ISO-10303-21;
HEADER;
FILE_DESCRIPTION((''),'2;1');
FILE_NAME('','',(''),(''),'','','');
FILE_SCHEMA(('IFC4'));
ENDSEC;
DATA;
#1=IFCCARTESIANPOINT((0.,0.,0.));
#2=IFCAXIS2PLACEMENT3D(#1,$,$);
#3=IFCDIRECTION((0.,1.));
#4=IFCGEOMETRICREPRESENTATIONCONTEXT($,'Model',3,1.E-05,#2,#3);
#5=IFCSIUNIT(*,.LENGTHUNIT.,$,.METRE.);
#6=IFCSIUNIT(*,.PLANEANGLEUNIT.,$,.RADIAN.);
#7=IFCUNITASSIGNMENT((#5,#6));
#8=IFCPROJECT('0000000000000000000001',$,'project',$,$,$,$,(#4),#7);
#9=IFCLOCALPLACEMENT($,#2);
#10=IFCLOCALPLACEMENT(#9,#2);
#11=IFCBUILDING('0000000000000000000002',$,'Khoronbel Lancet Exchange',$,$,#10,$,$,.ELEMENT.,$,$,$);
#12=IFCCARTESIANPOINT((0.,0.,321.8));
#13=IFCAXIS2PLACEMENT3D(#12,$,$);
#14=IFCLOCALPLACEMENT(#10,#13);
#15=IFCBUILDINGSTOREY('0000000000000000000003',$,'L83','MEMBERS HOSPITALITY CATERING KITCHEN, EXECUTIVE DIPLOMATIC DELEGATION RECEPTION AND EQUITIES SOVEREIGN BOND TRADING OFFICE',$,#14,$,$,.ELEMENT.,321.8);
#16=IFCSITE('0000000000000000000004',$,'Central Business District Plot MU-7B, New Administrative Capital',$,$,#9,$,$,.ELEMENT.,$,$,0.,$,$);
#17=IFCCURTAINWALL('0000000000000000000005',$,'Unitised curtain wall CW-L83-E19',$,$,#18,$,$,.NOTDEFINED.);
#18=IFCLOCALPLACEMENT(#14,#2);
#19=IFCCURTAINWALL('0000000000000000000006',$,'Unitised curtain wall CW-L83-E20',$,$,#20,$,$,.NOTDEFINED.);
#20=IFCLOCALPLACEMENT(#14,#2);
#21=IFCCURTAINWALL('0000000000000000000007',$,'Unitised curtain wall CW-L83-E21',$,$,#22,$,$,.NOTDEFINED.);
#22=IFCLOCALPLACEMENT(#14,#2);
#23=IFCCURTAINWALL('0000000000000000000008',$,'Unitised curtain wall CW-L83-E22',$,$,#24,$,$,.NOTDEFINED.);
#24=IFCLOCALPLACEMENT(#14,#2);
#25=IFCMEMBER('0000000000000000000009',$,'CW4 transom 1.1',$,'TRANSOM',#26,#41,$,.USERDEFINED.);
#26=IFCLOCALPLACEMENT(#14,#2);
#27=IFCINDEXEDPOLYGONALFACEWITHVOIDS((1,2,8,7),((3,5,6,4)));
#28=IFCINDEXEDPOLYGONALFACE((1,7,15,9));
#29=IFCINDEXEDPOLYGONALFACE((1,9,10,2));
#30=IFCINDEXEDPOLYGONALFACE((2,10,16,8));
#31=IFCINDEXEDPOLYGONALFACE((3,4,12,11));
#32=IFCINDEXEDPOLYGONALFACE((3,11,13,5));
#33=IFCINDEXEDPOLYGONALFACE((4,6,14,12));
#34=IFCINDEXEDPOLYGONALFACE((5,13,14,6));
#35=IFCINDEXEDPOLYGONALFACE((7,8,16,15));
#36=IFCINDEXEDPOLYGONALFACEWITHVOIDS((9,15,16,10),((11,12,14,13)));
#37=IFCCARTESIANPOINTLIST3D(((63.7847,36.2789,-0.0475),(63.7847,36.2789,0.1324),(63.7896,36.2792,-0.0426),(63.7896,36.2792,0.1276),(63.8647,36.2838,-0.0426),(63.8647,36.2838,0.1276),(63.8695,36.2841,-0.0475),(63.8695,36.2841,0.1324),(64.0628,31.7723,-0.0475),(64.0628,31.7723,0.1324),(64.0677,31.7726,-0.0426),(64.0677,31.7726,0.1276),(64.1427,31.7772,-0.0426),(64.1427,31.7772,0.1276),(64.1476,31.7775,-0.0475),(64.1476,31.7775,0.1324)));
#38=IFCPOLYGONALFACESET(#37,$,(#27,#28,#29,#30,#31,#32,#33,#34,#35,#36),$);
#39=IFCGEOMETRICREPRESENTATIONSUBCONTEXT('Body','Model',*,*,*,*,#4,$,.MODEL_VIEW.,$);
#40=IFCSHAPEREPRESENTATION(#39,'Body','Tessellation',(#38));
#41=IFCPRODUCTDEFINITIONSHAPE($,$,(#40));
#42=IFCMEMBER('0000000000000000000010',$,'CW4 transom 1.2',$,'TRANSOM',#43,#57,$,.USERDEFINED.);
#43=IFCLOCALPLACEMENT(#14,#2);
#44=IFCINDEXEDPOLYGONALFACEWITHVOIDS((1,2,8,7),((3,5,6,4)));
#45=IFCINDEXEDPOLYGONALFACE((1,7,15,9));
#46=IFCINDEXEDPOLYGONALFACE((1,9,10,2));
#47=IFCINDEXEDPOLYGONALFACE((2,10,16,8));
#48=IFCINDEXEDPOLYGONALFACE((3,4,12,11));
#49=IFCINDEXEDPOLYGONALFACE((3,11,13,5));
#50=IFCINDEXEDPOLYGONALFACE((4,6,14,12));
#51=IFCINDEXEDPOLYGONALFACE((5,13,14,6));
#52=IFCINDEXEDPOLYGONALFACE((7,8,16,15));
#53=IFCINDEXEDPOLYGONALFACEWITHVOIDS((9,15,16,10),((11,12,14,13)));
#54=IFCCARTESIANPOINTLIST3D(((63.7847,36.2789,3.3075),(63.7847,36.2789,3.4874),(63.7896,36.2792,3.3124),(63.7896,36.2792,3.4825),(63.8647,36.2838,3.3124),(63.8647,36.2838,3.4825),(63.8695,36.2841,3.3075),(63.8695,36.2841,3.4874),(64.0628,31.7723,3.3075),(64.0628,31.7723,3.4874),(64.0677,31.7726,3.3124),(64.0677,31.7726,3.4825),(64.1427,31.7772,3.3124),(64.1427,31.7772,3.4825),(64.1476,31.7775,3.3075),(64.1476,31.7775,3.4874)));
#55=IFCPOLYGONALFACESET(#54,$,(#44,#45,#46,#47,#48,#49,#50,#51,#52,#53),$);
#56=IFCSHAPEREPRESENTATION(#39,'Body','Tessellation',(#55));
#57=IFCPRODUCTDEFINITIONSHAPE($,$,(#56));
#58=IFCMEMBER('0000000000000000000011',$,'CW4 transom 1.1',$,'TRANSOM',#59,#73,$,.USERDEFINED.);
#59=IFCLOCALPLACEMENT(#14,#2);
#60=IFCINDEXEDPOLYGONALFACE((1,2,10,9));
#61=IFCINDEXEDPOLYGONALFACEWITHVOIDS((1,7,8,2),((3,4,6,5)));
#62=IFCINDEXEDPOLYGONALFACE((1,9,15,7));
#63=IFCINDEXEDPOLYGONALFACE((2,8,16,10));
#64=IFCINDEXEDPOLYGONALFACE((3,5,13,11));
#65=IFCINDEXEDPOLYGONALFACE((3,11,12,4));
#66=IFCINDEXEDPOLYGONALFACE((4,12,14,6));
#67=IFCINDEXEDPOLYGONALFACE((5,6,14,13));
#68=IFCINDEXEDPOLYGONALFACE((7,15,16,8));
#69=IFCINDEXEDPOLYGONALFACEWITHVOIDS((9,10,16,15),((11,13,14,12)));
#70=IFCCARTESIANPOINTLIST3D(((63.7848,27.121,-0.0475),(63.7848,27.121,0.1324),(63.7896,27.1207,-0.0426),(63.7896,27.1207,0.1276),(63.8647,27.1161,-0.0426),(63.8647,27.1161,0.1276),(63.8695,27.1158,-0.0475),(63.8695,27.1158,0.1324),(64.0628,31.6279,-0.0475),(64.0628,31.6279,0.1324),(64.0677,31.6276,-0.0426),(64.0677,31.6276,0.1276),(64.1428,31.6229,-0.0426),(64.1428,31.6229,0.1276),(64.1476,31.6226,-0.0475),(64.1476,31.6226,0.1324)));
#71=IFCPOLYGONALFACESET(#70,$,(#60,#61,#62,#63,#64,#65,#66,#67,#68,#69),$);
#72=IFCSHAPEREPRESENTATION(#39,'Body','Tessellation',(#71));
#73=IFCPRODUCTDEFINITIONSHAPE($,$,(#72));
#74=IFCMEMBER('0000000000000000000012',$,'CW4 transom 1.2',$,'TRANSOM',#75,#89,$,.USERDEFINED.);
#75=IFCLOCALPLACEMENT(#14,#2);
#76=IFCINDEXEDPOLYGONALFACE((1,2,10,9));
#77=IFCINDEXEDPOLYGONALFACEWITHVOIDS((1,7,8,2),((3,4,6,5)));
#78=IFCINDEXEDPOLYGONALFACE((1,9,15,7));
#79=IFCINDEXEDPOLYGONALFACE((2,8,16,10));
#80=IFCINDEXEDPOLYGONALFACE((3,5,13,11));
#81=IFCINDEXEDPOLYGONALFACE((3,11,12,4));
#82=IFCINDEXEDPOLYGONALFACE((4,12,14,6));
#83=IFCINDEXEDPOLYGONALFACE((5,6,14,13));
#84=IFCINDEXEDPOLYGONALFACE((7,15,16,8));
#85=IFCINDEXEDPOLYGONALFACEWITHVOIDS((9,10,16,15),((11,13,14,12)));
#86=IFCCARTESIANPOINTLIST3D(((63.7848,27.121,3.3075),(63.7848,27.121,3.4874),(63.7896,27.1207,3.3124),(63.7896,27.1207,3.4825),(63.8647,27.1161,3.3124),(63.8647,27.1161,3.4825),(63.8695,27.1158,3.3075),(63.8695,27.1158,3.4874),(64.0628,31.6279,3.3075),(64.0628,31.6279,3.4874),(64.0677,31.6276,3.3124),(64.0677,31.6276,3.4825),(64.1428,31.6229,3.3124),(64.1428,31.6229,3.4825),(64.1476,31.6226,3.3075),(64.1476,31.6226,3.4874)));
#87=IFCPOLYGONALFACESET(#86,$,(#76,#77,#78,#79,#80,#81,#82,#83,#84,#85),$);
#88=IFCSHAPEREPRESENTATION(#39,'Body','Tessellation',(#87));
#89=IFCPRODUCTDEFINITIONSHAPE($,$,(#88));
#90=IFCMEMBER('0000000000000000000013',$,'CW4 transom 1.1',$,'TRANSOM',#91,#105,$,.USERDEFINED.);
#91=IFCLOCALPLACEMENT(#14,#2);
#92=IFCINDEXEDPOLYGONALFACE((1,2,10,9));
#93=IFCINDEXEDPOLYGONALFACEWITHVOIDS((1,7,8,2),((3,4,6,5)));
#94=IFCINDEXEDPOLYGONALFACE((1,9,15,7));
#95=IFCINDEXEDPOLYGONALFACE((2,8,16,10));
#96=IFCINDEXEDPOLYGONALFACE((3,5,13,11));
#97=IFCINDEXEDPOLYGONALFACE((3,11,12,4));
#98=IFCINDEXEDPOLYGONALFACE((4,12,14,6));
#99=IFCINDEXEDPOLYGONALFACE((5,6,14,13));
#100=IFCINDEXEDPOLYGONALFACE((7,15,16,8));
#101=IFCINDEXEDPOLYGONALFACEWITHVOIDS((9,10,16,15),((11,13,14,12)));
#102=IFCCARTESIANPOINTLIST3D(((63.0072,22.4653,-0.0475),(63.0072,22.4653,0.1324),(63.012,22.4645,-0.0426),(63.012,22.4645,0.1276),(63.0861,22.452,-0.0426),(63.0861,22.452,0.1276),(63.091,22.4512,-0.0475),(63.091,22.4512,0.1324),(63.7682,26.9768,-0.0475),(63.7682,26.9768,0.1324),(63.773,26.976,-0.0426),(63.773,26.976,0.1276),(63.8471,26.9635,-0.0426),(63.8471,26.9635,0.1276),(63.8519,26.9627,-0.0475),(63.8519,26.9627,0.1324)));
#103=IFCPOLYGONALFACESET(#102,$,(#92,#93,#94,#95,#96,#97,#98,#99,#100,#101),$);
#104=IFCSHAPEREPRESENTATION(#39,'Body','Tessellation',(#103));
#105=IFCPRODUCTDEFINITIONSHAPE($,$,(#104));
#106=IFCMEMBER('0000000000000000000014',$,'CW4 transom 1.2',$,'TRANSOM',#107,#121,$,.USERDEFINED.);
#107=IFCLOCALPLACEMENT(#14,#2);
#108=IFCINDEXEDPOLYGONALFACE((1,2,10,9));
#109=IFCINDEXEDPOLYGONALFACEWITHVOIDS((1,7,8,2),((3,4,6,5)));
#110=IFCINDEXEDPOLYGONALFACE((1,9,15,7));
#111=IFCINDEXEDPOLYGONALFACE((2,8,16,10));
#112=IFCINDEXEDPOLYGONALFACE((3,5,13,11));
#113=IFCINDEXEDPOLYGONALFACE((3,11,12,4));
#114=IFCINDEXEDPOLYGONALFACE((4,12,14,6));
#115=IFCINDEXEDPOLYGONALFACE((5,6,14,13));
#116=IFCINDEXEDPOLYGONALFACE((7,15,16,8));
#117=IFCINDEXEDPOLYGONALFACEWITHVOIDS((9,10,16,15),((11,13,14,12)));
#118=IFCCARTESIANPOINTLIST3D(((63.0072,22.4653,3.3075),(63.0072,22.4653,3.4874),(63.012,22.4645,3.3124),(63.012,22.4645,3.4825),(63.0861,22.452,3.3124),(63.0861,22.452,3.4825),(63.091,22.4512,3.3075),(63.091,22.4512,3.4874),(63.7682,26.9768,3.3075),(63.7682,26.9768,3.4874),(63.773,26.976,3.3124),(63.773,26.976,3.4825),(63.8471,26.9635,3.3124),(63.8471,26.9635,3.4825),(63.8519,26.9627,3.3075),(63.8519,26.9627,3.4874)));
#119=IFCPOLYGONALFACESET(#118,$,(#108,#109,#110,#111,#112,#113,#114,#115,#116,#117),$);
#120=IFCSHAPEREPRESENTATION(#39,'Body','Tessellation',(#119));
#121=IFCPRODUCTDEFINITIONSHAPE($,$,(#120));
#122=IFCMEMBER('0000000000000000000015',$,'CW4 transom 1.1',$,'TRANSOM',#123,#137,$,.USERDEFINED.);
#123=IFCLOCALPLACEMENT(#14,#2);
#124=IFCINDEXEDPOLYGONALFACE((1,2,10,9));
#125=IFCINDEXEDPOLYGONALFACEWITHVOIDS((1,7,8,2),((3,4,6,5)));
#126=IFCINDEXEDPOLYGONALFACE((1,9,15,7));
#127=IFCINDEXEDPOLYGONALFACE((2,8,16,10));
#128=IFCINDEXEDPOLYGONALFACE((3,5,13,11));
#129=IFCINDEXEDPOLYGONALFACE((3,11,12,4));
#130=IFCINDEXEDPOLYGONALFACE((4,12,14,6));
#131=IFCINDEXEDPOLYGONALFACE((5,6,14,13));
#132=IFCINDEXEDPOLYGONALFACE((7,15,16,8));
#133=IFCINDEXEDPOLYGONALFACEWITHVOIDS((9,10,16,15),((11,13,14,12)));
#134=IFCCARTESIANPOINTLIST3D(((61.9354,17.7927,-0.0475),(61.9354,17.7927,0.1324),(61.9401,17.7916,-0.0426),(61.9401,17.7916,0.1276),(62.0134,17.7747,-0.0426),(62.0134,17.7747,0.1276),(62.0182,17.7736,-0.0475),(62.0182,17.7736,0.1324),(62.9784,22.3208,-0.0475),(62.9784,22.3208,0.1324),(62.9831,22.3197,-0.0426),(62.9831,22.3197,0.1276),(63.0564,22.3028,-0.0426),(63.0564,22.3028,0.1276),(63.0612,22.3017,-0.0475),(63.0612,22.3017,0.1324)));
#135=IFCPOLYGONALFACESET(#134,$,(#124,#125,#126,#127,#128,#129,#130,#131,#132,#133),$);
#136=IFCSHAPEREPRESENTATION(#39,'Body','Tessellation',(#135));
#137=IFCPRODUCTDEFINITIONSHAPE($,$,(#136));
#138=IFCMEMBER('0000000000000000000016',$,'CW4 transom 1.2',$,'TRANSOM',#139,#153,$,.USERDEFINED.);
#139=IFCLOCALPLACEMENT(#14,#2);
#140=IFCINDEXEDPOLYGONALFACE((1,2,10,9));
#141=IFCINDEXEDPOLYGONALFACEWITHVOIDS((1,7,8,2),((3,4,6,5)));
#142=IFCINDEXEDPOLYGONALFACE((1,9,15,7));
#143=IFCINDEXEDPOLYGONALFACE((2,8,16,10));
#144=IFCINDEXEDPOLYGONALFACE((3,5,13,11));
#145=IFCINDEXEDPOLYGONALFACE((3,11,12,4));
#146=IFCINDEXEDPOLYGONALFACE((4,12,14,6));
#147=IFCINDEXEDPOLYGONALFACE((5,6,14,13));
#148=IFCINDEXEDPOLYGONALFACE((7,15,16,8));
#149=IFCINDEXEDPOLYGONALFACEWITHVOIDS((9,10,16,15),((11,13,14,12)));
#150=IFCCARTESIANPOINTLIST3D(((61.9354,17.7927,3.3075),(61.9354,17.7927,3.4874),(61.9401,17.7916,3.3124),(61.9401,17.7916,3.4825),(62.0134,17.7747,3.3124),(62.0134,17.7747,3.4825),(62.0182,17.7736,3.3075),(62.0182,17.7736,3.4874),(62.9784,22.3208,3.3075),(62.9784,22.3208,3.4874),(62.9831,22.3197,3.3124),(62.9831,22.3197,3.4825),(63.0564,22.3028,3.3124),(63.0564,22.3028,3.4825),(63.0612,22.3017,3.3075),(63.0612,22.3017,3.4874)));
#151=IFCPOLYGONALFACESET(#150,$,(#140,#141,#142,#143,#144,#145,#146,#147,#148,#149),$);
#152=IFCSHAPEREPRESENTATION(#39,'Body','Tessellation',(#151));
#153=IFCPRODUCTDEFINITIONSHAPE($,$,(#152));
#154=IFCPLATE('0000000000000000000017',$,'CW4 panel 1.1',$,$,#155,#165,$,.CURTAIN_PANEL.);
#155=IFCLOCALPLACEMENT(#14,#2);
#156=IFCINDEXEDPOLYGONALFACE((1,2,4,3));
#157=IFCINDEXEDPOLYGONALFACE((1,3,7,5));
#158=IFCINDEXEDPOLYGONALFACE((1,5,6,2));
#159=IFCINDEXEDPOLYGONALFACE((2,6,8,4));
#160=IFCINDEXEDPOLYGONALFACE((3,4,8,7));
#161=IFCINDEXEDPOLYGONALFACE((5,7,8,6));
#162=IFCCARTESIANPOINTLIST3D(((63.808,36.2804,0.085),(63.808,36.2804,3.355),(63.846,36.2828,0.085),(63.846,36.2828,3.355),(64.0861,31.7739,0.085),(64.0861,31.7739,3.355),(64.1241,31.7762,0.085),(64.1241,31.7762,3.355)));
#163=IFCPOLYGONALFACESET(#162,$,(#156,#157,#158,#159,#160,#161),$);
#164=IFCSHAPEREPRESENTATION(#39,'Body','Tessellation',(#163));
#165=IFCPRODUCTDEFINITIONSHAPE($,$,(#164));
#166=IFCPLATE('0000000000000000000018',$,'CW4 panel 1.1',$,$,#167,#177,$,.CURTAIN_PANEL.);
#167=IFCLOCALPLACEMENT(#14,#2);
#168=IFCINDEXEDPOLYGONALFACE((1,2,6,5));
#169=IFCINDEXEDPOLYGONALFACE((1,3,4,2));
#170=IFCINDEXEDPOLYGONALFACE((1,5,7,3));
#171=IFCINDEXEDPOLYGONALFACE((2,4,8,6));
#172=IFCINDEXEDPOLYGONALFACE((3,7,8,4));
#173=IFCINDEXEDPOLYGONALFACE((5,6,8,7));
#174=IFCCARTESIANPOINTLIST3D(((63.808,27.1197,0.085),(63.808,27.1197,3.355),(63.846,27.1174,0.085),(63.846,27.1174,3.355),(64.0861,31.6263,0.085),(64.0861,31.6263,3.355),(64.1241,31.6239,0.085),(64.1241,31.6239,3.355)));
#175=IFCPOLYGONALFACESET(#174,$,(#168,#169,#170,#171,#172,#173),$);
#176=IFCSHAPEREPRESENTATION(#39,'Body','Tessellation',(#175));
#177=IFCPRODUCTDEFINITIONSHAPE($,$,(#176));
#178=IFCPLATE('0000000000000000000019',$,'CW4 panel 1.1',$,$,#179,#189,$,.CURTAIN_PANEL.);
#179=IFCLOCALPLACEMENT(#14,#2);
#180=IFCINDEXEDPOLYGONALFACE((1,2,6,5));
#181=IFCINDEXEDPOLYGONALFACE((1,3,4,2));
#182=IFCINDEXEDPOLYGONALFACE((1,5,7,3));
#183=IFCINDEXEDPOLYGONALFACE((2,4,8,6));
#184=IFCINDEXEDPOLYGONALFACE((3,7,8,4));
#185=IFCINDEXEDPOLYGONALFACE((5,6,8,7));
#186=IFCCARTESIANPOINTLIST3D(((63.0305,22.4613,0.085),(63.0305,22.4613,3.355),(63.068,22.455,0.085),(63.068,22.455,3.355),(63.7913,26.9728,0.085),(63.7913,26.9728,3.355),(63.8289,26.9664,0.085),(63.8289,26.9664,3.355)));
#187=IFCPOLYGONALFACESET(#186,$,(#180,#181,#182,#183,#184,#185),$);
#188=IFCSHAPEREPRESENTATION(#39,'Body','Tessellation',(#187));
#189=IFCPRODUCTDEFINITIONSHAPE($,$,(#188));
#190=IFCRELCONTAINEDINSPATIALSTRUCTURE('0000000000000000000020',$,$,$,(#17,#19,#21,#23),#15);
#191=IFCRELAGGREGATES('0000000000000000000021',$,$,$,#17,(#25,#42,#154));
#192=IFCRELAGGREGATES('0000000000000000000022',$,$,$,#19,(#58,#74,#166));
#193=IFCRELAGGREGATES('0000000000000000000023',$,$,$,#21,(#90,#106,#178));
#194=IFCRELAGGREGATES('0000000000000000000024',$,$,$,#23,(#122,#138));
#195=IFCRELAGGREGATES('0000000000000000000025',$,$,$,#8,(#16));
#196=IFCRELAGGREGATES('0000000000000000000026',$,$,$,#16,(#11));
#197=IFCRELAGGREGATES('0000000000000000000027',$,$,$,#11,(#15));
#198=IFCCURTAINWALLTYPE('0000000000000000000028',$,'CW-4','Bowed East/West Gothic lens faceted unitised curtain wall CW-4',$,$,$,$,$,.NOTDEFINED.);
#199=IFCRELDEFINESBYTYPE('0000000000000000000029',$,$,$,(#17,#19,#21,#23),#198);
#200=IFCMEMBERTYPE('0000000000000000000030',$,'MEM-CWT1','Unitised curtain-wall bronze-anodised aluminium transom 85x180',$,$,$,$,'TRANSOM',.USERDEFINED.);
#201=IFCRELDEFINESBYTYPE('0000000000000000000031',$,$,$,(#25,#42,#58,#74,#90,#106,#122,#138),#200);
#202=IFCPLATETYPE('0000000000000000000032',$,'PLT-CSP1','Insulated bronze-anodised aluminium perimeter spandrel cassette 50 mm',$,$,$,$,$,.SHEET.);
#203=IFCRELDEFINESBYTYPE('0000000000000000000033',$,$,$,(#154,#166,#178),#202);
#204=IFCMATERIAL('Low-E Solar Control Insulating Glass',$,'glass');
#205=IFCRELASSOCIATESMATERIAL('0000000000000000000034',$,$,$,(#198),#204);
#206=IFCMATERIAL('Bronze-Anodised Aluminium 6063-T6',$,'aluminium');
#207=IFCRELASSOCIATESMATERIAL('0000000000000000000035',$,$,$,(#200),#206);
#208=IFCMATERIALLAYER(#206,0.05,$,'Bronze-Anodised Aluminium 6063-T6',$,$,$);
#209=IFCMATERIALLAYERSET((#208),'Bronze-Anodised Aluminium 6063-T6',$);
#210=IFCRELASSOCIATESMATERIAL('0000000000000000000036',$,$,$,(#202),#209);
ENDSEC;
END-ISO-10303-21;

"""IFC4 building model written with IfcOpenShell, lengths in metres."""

from ifc_helpers import new_model, si_unit, direction, frame, origin, origin_2d, place, context, subcontext, project, spatial, rectangle, hollow_rectangle, extrude, material, layer, layer_set, material_profile, profile_set, type_object, element, aggregate, save


model = new_model("IFC4")

# Units and contexts
model_context = context("Model", 3, precision=1e-05, world=origin(), true_north=direction((0.0, 1.0)))
body_context = subcontext(model_context, "Body", "Model", "MODEL_VIEW")
ifc_project = project(units=[si_unit("LENGTHUNIT", "METRE"), si_unit("PLANEANGLEUNIT", "RADIAN")], contexts=[model_context])

# Site, building, storey
site_placement = place(None, origin())
site = spatial("IfcSite", under=ifc_project, at=site_placement, Name="Central Business District Plot MU-7B, New Administrative Capital", CompositionType="ELEMENT", RefElevation=0.0)
building_placement = place(site_placement, origin())
building = spatial("IfcBuilding", under=site, at=building_placement, Name="Khoronbel Lancet Exchange", CompositionType="ELEMENT")
storey_placement = place(building_placement, frame((0.0, 0.0, 321.8)))
storey = spatial("IfcBuildingStorey", under=building, at=storey_placement, Name="L83", Description="MEMBERS HOSPITALITY CATERING KITCHEN, EXECUTIVE DIPLOMATIC DELEGATION RECEPTION AND EQUITIES SOVEREIGN BOND TRADING OFFICE", CompositionType="ELEMENT", Elevation=321.8)

# Shared definitions
ifc_material_1 = material(Name="Low-E Solar Control Insulating Glass", Category="glass")
curtain_wall_type = type_object("IfcCurtainWallType", Name="CW-4", Description="Bowed East/West Gothic lens faceted unitised curtain wall CW-4", PredefinedType="NOTDEFINED", material=ifc_material_1)
ifc_material_2 = material(Name="Bronze-Anodised Aluminium 6063-T6", Category="aluminium")

# Curtain walls
curtain_wall_1_placement = place(storey_placement, origin())
curtain_wall_1 = element("IfcCurtainWall", 1, at=curtain_wall_1_placement, inside=storey, type_object=curtain_wall_type, Name="Unitised curtain wall CW-L83-E19", PredefinedType="NOTDEFINED")
curtain_wall_2_placement = place(storey_placement, origin())
curtain_wall_2 = element("IfcCurtainWall", 2, at=curtain_wall_2_placement, inside=storey, type_object=curtain_wall_type, Name="Unitised curtain wall CW-L83-E20", PredefinedType="NOTDEFINED")
curtain_wall_3_placement = place(storey_placement, origin())
curtain_wall_3 = element("IfcCurtainWall", 3, at=curtain_wall_3_placement, inside=storey, type_object=curtain_wall_type, Name="Unitised curtain wall CW-L83-E21", PredefinedType="NOTDEFINED")

# Curtain wall
curtain_wall_4_placement = place(storey_placement, origin())
curtain_wall_4 = element("IfcCurtainWall", 4, at=curtain_wall_4_placement, inside=storey, type_object=curtain_wall_type, Name="Unitised curtain wall CW-L83-E22", PredefinedType="NOTDEFINED")

# Members
ifc_material_profile_1 = material_profile(ifc_material_2, hollow_rectangle(XDim=0.085, YDim=0.1799, WallThickness=0.0049, at=origin_2d()), Name="ALU TRANSOM 85x180")
ifc_profile_set_1 = profile_set([ifc_material_profile_1], Name="Bronze-Anodised Aluminium 6063-T6")
member_type_1 = type_object("IfcMemberType", Name="MEM-CWT1", Description="Unitised curtain-wall bronze-anodised aluminium transom 85x180", ElementType="TRANSOM", PredefinedType="USERDEFINED", material=ifc_profile_set_1)
member_1_placement = place(storey_placement, frame((63.8271, 36.2815, 0.0425), z_axis=(0.061587, -0.998102, 0.0), x_axis=(0.998102, 0.061587, 0.0)))
member_1 = element("IfcMember", 5, at=member_1_placement, type_object=member_type_1, Name="CW4 transom 1.1", ObjectType="TRANSOM", PredefinedType="USERDEFINED", context=body_context, shape_type="SweptSolid", body=[
    extrude(hollow_rectangle(XDim=0.085, YDim=0.1799, WallThickness=0.0049, at=origin_2d()), origin(), (0.0, 0.0, 1.0), 4.5151),
])
member_2_placement = place(storey_placement, frame((63.8271, 36.2815, 3.3975), z_axis=(0.061587, -0.998102, 0.0), x_axis=(0.998102, 0.061587, 0.0)))
member_2 = element("IfcMember", 6, at=member_2_placement, type_object=member_type_1, Name="CW4 transom 1.2", ObjectType="TRANSOM", PredefinedType="USERDEFINED", context=body_context, shape_type="SweptSolid", body=[
    extrude(hollow_rectangle(XDim=0.085, YDim=0.1799, WallThickness=0.0049, at=origin_2d()), origin(), (0.0, 0.0, 1.0), 4.5151),
])
member_3_placement = place(storey_placement, frame((64.1052, 31.6252, 0.0425), z_axis=(-0.061584, -0.998102, 0.0), x_axis=(0.998102, -0.061584, 0.0)))
member_3 = element("IfcMember", 7, at=member_3_placement, type_object=member_type_1, Name="CW4 transom 1.1", ObjectType="TRANSOM", PredefinedType="USERDEFINED", context=body_context, shape_type="SweptSolid", body=[
    extrude(hollow_rectangle(XDim=0.085, YDim=0.1799, WallThickness=0.0049, at=origin_2d()), origin(), (0.0, 0.0, 1.0), 4.5154),
])
member_4_placement = place(storey_placement, frame((64.1052, 31.6252, 3.3975), z_axis=(-0.061584, -0.998102, 0.0), x_axis=(0.998102, -0.061584, 0.0)))
member_4 = element("IfcMember", 8, at=member_4_placement, type_object=member_type_1, Name="CW4 transom 1.2", ObjectType="TRANSOM", PredefinedType="USERDEFINED", context=body_context, shape_type="SweptSolid", body=[
    extrude(hollow_rectangle(XDim=0.085, YDim=0.1799, WallThickness=0.0049, at=origin_2d()), origin(), (0.0, 0.0, 1.0), 4.5154),
])
member_5_placement = place(storey_placement, frame((63.8101, 26.9697, 0.0425), z_axis=(-0.166328, -0.98607, 0.0), x_axis=(0.98607, -0.166328, 0.0)))
member_5 = element("IfcMember", 9, at=member_5_placement, type_object=member_type_1, Name="CW4 transom 1.1", ObjectType="TRANSOM", PredefinedType="USERDEFINED", context=body_context, shape_type="SweptSolid", body=[
    extrude(hollow_rectangle(XDim=0.085, YDim=0.1799, WallThickness=0.0049, at=origin_2d()), origin(), (0.0, 0.0, 1.0), 4.5752),
])
member_6_placement = place(storey_placement, frame((63.8101, 26.9697, 3.3975), z_axis=(-0.166328, -0.98607, 0.0), x_axis=(0.98607, -0.166328, 0.0)))
member_6 = element("IfcMember", 10, at=member_6_placement, type_object=member_type_1, Name="CW4 transom 1.2", ObjectType="TRANSOM", PredefinedType="USERDEFINED", context=body_context, shape_type="SweptSolid", body=[
    extrude(hollow_rectangle(XDim=0.085, YDim=0.1799, WallThickness=0.0049, at=origin_2d()), origin(), (0.0, 0.0, 1.0), 4.5752),
])
member_7_placement = place(storey_placement, frame((63.0198, 22.3113, 0.0425), z_axis=(-0.224457, -0.974484, 0.0), x_axis=(0.974484, -0.224457, 0.0)))
member_7 = element("IfcMember", 11, at=member_7_placement, type_object=member_type_1, Name="CW4 transom 1.1", ObjectType="TRANSOM", PredefinedType="USERDEFINED", context=body_context, shape_type="SweptSolid", body=[
    extrude(hollow_rectangle(XDim=0.085, YDim=0.1799, WallThickness=0.0049, at=origin_2d()), origin(), (0.0, 0.0, 1.0), 4.6467),
])
member_8_placement = place(storey_placement, frame((63.0198, 22.3113, 3.3975), z_axis=(-0.224457, -0.974484, 0.0), x_axis=(0.974484, -0.224457, 0.0)))
member_8 = element("IfcMember", 12, at=member_8_placement, type_object=member_type_1, Name="CW4 transom 1.2", ObjectType="TRANSOM", PredefinedType="USERDEFINED", context=body_context, shape_type="SweptSolid", body=[
    extrude(hollow_rectangle(XDim=0.085, YDim=0.1799, WallThickness=0.0049, at=origin_2d()), origin(), (0.0, 0.0, 1.0), 4.6467),
])

# Plates
ifc_layer_1 = layer(ifc_material_2, 0.05, Name="Bronze-Anodised Aluminium 6063-T6")
ifc_layer_set_1 = layer_set([ifc_layer_1], Name="Bronze-Anodised Aluminium 6063-T6")
plate_type_1 = type_object("IfcPlateType", Name="PLT-CSP1", Description="Insulated bronze-anodised aluminium perimeter spandrel cassette 50 mm", PredefinedType="SHEET", material=ifc_layer_set_1)
plate_1_placement = place(storey_placement, frame((63.9661, 34.0283, 0.085), z_axis=(0.0, 0.0, 1.0), x_axis=(0.061583, -0.998102, 0.0)))
plate_1 = element("IfcPlate", 13, at=plate_1_placement, type_object=plate_type_1, Name="CW4 panel 1.1", PredefinedType="CURTAIN_PANEL", context=body_context, shape_type="SweptSolid", body=[
    extrude(rectangle(XDim=4.5151, YDim=0.0381, at=origin_2d()), origin(), (0.0, 0.0, 1.0), 3.27),
])
aggregate(curtain_wall_1, [member_1, member_2, plate_1])
plate_2_placement = place(storey_placement, frame((63.9661, 29.3718, 0.085), z_axis=(0.0, 0.0, 1.0), x_axis=(-0.061583, -0.998102, 0.0)))
plate_2 = element("IfcPlate", 14, at=plate_2_placement, type_object=plate_type_1, Name="CW4 panel 1.1", PredefinedType="CURTAIN_PANEL", context=body_context, shape_type="SweptSolid", body=[
    extrude(rectangle(XDim=4.5151, YDim=0.0381, at=origin_2d()), origin(), (0.0, 0.0, 1.0), 3.27),
])
aggregate(curtain_wall_2, [member_3, member_4, plate_2])
plate_3_placement = place(storey_placement, frame((63.4297, 24.7139, 0.085), z_axis=(0.0, 0.0, 1.0), x_axis=(-0.166303, -0.986075, 0.0)))
plate_3 = element("IfcPlate", 15, at=plate_3_placement, type_object=plate_type_1, Name="CW4 panel 1.1", PredefinedType="CURTAIN_PANEL", context=body_context, shape_type="SweptSolid", body=[
    extrude(rectangle(XDim=4.5752, YDim=0.0381, at=origin_2d()), origin(), (0.0, 0.0, 1.0), 3.27),
])
aggregate(curtain_wall_3, [member_5, member_6, plate_3])
aggregate(curtain_wall_4, [member_7, member_8])

save(model, "model.ifc")
